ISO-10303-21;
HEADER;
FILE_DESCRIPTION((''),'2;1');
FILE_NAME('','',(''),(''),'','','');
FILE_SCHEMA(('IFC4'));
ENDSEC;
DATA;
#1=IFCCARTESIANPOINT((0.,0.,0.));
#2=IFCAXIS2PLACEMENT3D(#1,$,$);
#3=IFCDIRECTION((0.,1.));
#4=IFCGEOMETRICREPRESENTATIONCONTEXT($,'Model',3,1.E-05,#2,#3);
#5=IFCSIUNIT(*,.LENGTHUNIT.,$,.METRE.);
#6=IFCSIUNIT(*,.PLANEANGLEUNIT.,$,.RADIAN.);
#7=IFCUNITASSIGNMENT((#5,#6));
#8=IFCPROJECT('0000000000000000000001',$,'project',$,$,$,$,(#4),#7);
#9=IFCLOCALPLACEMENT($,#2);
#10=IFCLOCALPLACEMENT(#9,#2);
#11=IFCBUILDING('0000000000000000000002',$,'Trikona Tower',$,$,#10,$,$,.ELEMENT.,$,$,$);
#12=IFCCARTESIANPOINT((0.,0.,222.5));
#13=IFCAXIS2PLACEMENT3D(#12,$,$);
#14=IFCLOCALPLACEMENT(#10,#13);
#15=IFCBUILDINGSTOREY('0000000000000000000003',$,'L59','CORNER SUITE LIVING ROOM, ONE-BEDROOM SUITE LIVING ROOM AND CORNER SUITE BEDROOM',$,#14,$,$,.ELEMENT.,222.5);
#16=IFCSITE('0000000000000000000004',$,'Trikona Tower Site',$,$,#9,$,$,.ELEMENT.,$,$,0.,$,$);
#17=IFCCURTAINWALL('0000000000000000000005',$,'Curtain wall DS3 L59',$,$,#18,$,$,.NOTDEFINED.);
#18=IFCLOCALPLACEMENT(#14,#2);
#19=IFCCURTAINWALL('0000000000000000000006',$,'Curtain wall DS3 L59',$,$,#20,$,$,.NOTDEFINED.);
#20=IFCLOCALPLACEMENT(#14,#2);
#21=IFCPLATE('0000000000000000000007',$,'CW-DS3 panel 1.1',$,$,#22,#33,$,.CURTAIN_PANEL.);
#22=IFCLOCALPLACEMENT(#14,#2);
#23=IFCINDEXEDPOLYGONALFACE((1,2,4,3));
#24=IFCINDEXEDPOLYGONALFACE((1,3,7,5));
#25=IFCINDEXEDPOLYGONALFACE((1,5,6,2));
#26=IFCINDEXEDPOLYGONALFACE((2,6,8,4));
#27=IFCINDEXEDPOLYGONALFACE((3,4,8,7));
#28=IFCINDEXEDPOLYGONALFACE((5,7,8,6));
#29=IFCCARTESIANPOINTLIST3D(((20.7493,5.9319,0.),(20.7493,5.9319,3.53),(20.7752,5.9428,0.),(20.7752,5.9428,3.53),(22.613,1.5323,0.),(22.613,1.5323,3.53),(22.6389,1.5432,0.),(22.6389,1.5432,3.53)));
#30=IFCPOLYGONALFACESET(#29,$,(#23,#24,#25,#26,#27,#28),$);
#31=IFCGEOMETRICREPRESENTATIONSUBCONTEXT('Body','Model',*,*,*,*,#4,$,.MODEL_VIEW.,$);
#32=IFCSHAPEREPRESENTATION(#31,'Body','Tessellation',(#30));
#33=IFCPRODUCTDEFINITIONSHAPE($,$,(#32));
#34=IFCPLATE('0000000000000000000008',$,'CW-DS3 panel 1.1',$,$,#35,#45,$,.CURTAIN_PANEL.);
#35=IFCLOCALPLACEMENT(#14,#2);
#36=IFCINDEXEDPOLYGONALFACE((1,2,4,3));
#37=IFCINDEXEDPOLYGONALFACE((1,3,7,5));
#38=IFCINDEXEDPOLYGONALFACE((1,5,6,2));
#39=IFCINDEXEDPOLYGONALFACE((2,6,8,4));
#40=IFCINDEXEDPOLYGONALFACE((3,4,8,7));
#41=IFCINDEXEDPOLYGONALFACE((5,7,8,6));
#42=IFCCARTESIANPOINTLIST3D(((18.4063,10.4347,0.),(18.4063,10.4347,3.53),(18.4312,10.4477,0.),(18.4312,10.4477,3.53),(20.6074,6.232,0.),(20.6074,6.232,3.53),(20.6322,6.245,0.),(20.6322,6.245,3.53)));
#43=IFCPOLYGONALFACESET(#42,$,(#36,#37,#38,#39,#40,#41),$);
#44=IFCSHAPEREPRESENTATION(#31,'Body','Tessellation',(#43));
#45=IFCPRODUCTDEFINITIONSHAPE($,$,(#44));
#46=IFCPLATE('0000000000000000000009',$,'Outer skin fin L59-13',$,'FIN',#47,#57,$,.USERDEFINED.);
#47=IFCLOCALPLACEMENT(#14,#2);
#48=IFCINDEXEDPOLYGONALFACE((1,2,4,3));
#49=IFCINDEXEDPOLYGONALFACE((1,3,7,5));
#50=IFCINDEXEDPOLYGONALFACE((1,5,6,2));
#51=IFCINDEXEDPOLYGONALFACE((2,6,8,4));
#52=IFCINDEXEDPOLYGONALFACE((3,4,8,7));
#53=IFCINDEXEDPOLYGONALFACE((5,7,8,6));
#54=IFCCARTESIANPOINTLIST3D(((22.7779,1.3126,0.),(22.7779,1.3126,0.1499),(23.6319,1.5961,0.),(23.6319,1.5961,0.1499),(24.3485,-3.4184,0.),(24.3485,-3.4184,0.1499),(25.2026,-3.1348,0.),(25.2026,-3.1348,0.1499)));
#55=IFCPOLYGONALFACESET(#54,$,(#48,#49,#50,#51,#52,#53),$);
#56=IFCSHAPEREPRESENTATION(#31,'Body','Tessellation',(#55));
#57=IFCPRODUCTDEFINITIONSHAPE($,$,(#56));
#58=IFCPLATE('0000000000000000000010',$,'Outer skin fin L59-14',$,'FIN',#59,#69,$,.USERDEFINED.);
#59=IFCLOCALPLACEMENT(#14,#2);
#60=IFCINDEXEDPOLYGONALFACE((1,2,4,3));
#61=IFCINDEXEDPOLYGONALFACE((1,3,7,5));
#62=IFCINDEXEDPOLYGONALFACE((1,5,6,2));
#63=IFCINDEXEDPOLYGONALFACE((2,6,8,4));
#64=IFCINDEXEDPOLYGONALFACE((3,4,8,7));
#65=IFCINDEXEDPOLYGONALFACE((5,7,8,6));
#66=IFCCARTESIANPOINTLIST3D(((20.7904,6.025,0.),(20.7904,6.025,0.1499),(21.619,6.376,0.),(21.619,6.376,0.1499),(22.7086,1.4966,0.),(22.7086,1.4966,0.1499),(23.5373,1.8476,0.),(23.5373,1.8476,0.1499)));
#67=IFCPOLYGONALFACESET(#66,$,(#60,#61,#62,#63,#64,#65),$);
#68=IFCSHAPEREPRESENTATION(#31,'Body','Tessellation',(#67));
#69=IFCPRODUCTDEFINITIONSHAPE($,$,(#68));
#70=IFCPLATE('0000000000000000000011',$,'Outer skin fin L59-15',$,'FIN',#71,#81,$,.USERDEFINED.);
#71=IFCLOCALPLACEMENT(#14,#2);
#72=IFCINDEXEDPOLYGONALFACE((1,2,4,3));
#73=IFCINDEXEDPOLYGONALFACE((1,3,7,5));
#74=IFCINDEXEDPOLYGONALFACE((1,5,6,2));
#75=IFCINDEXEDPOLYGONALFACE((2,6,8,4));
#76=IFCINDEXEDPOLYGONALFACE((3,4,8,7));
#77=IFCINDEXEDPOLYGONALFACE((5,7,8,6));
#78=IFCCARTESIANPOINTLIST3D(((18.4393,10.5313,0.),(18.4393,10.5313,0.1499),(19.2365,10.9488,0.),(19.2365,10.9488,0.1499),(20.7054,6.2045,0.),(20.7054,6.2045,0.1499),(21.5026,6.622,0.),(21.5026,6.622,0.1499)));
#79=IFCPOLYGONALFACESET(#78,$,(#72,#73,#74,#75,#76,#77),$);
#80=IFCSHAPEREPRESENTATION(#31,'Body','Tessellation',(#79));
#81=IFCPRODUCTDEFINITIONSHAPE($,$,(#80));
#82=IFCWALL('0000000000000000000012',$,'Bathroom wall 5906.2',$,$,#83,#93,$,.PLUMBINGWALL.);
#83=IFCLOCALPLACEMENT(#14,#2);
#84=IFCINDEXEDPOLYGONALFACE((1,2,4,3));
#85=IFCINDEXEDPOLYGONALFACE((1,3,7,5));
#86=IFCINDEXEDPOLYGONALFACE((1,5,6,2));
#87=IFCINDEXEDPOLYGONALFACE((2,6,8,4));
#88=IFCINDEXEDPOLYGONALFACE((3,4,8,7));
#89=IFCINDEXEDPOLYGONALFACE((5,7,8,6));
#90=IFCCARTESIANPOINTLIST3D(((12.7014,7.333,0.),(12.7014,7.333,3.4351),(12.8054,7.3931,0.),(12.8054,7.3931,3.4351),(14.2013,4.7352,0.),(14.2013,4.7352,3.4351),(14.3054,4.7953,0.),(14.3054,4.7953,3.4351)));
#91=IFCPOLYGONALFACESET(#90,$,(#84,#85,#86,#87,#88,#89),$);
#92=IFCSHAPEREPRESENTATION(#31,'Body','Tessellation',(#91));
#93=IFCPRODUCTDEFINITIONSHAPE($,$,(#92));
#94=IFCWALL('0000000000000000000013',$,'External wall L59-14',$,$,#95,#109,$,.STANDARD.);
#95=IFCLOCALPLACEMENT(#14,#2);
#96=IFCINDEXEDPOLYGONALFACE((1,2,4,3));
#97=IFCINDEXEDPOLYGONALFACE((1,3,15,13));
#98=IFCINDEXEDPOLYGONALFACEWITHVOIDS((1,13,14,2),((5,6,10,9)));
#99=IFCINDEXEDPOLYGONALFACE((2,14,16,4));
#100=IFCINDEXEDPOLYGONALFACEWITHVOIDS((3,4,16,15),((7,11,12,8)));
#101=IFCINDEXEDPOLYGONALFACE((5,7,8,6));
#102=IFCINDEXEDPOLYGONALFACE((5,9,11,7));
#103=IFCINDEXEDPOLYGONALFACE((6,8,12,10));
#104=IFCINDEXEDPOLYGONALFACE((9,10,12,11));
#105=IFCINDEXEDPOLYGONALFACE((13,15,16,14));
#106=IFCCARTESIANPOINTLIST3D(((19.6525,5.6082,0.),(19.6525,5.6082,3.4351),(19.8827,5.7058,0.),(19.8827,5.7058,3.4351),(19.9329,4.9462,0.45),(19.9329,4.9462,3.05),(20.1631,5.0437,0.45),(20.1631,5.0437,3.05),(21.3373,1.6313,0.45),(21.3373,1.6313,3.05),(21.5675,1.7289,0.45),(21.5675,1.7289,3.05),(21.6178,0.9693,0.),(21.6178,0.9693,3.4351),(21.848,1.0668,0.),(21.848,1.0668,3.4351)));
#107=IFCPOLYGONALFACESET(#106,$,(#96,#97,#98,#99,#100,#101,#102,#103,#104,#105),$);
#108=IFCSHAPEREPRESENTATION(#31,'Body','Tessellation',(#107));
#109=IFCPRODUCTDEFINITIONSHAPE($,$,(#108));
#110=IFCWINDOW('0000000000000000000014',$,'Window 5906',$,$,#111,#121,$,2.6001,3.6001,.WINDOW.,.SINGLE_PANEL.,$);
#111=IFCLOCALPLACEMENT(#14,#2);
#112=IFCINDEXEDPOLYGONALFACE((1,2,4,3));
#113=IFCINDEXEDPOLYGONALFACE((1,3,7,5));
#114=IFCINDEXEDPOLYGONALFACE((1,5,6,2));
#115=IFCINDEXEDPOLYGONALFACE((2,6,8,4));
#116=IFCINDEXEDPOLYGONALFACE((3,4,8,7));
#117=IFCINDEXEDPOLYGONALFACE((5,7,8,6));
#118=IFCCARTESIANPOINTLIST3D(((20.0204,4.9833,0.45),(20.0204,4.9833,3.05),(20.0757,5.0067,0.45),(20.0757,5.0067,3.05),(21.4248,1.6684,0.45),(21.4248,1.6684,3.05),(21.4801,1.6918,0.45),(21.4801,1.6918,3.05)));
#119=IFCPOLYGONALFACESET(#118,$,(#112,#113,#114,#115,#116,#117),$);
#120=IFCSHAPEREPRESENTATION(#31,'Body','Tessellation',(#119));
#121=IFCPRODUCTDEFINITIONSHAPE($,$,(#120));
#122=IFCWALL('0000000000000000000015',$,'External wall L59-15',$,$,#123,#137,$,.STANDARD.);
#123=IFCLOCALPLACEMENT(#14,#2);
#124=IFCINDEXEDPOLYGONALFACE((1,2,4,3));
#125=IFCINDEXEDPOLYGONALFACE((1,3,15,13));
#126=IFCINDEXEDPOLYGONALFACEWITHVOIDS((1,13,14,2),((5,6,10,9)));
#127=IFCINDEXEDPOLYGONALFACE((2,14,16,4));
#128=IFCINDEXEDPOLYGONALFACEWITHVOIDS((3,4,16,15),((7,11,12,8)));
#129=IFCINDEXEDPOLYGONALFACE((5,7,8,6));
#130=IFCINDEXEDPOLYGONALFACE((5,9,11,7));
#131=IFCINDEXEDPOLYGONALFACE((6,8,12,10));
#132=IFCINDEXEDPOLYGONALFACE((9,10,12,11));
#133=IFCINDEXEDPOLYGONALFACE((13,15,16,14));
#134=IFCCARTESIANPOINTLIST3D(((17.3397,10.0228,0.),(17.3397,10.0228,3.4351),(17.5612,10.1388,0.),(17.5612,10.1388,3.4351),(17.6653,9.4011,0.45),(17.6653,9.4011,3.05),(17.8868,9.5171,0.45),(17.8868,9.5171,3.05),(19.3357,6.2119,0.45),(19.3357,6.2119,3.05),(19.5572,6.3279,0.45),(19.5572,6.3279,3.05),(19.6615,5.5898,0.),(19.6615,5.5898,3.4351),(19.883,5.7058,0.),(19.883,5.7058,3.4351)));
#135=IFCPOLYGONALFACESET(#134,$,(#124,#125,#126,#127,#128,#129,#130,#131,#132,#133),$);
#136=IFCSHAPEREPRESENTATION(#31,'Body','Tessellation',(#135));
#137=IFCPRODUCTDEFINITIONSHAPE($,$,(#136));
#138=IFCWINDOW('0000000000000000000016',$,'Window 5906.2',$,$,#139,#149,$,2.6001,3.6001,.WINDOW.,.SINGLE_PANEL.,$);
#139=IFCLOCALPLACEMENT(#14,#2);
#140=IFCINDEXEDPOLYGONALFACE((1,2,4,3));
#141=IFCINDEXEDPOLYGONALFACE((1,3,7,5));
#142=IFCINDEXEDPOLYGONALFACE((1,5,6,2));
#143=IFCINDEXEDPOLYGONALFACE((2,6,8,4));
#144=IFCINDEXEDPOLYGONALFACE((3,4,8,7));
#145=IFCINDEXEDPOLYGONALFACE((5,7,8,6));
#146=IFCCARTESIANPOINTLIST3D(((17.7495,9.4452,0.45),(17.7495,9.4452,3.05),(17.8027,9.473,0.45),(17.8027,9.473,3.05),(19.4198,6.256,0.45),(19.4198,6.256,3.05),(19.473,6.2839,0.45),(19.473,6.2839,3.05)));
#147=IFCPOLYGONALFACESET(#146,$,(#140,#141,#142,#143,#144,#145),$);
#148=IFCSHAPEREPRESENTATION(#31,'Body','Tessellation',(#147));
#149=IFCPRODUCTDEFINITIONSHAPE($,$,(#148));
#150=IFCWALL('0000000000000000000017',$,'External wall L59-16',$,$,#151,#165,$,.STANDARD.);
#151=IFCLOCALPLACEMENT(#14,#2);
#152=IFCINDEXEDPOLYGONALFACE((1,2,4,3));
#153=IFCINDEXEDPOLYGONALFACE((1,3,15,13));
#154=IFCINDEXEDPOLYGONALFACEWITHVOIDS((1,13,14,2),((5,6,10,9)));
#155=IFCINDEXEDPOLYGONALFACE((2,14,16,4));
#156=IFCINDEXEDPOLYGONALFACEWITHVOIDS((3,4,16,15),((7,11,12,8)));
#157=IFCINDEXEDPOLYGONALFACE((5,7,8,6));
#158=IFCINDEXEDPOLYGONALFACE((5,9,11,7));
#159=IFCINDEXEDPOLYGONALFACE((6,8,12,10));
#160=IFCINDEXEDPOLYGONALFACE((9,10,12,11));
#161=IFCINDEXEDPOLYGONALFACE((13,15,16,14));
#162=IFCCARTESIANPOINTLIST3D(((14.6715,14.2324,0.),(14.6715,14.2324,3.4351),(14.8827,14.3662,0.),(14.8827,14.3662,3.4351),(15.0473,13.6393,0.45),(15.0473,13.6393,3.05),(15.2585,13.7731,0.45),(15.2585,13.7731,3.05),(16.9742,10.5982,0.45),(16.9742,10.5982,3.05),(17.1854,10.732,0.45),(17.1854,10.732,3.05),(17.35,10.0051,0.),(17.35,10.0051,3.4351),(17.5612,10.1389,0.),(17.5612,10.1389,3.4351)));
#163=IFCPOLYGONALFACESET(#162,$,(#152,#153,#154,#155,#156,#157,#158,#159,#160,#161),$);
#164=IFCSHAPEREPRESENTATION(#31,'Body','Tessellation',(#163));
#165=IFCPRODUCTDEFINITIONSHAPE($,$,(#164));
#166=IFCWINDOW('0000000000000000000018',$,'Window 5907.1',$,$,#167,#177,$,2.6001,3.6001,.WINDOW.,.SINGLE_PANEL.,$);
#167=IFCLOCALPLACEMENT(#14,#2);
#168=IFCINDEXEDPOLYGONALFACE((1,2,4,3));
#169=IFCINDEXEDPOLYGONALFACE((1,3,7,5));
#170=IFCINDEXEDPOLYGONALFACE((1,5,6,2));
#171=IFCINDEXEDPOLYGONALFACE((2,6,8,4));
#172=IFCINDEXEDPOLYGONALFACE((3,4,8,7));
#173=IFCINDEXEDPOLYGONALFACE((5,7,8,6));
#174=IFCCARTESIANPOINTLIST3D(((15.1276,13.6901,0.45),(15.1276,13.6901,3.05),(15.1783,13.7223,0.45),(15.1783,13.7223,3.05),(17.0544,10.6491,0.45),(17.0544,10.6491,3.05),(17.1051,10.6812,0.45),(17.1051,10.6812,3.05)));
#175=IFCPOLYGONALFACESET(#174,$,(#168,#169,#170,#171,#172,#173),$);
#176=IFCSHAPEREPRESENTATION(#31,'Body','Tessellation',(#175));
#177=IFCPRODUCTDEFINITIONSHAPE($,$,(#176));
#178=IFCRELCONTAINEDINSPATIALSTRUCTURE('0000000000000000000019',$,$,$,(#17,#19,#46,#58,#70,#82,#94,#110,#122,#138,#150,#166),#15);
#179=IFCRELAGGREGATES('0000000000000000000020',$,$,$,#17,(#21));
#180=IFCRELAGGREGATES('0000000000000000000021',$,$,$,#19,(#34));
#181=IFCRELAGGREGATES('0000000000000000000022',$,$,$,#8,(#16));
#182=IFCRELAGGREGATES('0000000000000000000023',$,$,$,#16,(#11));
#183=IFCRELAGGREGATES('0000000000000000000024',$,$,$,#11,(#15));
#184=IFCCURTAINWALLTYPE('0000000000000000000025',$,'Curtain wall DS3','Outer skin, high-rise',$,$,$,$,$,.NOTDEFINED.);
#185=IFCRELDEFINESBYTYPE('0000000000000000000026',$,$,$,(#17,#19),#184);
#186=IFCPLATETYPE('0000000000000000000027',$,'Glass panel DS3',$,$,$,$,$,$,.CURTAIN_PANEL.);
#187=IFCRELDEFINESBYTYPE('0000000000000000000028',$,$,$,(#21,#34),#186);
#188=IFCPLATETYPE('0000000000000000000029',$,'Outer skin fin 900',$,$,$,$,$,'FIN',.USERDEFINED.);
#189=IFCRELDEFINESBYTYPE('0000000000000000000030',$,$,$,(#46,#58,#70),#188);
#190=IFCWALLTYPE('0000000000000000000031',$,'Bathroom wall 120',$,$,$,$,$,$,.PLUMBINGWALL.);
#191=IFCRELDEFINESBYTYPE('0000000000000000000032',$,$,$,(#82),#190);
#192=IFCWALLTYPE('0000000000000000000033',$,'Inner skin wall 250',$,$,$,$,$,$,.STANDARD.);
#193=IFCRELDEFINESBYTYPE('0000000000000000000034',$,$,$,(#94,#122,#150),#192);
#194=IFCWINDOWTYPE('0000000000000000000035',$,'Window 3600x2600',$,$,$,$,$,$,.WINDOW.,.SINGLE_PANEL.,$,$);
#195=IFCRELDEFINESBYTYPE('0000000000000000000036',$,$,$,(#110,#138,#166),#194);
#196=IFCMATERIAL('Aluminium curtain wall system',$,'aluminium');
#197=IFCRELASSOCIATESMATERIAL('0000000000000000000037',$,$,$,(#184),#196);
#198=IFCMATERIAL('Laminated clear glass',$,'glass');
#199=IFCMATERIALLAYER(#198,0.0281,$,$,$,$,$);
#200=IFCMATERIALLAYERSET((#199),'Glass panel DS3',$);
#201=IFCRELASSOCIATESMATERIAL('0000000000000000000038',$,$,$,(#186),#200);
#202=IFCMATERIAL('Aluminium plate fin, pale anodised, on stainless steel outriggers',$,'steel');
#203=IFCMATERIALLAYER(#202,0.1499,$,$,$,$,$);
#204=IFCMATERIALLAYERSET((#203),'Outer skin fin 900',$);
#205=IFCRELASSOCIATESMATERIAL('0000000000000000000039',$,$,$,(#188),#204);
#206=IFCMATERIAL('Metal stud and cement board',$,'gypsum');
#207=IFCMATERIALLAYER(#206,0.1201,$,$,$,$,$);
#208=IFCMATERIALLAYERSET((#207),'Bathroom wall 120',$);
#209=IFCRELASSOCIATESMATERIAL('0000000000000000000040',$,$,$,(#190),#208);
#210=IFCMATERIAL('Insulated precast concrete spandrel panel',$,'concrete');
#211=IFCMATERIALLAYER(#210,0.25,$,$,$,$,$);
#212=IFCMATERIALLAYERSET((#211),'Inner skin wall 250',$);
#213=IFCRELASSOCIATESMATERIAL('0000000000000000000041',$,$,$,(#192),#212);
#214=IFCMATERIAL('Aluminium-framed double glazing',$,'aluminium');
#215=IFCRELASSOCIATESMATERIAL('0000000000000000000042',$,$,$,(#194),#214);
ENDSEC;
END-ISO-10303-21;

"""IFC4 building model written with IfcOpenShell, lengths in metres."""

from ifc_helpers import new_model, si_unit, direction, frame, frame_2d, origin, origin_2d, place, context, subcontext, project, spatial, rectangle, extrude, material, layer, layer_set, type_object, element, fill, aggregate, save


model = new_model("IFC4")

# Units and contexts
model_context = context("Model", 3, precision=1e-05, world=origin(), true_north=direction((0.0, 1.0)))
body_context = subcontext(model_context, "Body", "Model", "MODEL_VIEW")
ifc_project = project(units=[si_unit("LENGTHUNIT", "METRE"), si_unit("PLANEANGLEUNIT", "RADIAN")], contexts=[model_context])

# Site, building, storey
site_placement = place(None, origin())
site = spatial("IfcSite", under=ifc_project, at=site_placement, Name="Trikona Tower Site", CompositionType="ELEMENT", RefElevation=0.0)
building_placement = place(site_placement, origin())
building = spatial("IfcBuilding", under=site, at=building_placement, Name="Trikona Tower", CompositionType="ELEMENT")
storey_placement = place(building_placement, frame((0.0, 0.0, 222.5)))
storey = spatial("IfcBuildingStorey", under=building, at=storey_placement, Name="L59", Description="CORNER SUITE LIVING ROOM, ONE-BEDROOM SUITE LIVING ROOM AND CORNER SUITE BEDROOM", CompositionType="ELEMENT", Elevation=222.5)

# Shared definitions
ifc_material_1 = material(Name="Aluminium curtain wall system", Category="aluminium")
curtain_wall_type = type_object("IfcCurtainWallType", Name="Curtain wall DS3", Description="Outer skin, high-rise", PredefinedType="NOTDEFINED", material=ifc_material_1)

# Curtain walls
curtain_wall_1_placement = place(storey_placement, origin())
curtain_wall_1 = element("IfcCurtainWall", 1, at=curtain_wall_1_placement, inside=storey, type_object=curtain_wall_type, Name="Curtain wall DS3 L59", PredefinedType="NOTDEFINED")
curtain_wall_2_placement = place(storey_placement, origin())
curtain_wall_2 = element("IfcCurtainWall", 2, at=curtain_wall_2_placement, inside=storey, type_object=curtain_wall_type, Name="Curtain wall DS3 L59", PredefinedType="NOTDEFINED")

# Plates
ifc_material_2 = material(Name="Laminated clear glass", Category="glass")
ifc_layer_1 = layer(ifc_material_2, 0.0281)
ifc_layer_set_1 = layer_set([ifc_layer_1], Name="Glass panel DS3")
plate_type_1 = type_object("IfcPlateType", Name="Glass panel DS3", PredefinedType="CURTAIN_PANEL", material=ifc_layer_set_1)
plate_1_placement = place(storey_placement, frame((21.6941, 3.7375, 0.0), z_axis=(0.0, 0.0, 1.0), x_axis=(-0.390053, 0.920792, 0.0)))
plate_1 = element("IfcPlate", 3, at=plate_1_placement, type_object=plate_type_1, Name="CW-DS3 panel 1.1", PredefinedType="CURTAIN_PANEL", context=body_context, shape_type="SweptSolid", body=[
    extrude(rectangle(XDim=4.7781, YDim=0.0281, at=origin_2d()), origin(), (0.0, 0.0, 1.0), 3.53),
])
aggregate(curtain_wall_1, [plate_1])
plate_2_placement = place(storey_placement, frame((19.5193, 8.3398, 0.0), z_axis=(0.0, 0.0, 1.0), x_axis=(-0.463948, 0.885862, 0.0)))
plate_2 = element("IfcPlate", 4, at=plate_2_placement, type_object=plate_type_1, Name="CW-DS3 panel 1.1", PredefinedType="CURTAIN_PANEL", context=body_context, shape_type="SweptSolid", body=[
    extrude(rectangle(XDim=4.7441, YDim=0.0281, at=origin_2d()), origin(), (0.0, 0.0, 1.0), 3.53),
])
aggregate(curtain_wall_2, [plate_2])

# Plates
ifc_material_3 = material(Name="Aluminium plate fin, pale anodised, on stainless steel outriggers", Category="steel")
ifc_layer_2 = layer(ifc_material_3, 0.1499)
ifc_layer_set_2 = layer_set([ifc_layer_2], Name="Outer skin fin 900")
plate_type_2 = type_object("IfcPlateType", Name="Outer skin fin 900", ElementType="FIN", PredefinedType="USERDEFINED", material=ifc_layer_set_2)
plate_3_placement = place(storey_placement, frame((23.9902, -0.9111, 0.0), z_axis=(0.0, 0.0, 1.0), x_axis=(-0.315093, 0.949061, 0.0)))
element("IfcPlate", 5, at=plate_3_placement, inside=storey, type_object=plate_type_2, Name="Outer skin fin L59-13", ObjectType="FIN", PredefinedType="USERDEFINED", context=body_context, shape_type="SweptSolid", body=[
    extrude(rectangle(XDim=4.9849, YDim=0.8999, at=origin_2d()), origin(), (0.0, 0.0, 1.0), 0.1499),
])
plate_4_placement = place(storey_placement, frame((22.1638, 3.9363, 0.0), z_axis=(0.0, 0.0, 1.0), x_axis=(-0.390051, 0.920793, 0.0)))
element("IfcPlate", 6, at=plate_4_placement, inside=storey, type_object=plate_type_2, Name="Outer skin fin L59-14", ObjectType="FIN", PredefinedType="USERDEFINED", context=body_context, shape_type="SweptSolid", body=[
    extrude(rectangle(XDim=4.918, YDim=0.8999, at=origin_2d()), origin(), (0.0, 0.0, 1.0), 0.1499),
])
plate_5_placement = place(storey_placement, frame((19.9709, 8.5767, 0.0), z_axis=(0.0, 0.0, 1.0), x_axis=(-0.463952, 0.88586, 0.0)))
element("IfcPlate", 7, at=plate_5_placement, inside=storey, type_object=plate_type_2, Name="Outer skin fin L59-15", ObjectType="FIN", PredefinedType="USERDEFINED", context=body_context, shape_type="SweptSolid", body=[
    extrude(rectangle(XDim=4.8843, YDim=0.8999, at=origin_2d()), origin(), (0.0, 0.0, 1.0), 0.1499),
])

# Wall
ifc_material_4 = material(Name="Metal stud and cement board", Category="gypsum")
ifc_layer_3 = layer(ifc_material_4, 0.1201)
ifc_layer_set_3 = layer_set([ifc_layer_3], Name="Bathroom wall 120")
wall_type_1 = type_object("IfcWallType", Name="Bathroom wall 120", PredefinedType="PLUMBINGWALL", material=ifc_layer_set_3)
wall_1_placement = place(storey_placement, frame((14.2534, 4.7651, 0.0), z_axis=(0.0, 0.0, 1.0), x_axis=(-0.500025, 0.866011, 0.0)))
element("IfcWall", 8, at=wall_1_placement, inside=storey, type_object=wall_type_1, Name="Bathroom wall 5906.2", PredefinedType="PLUMBINGWALL", context=body_context, shape_type="SweptSolid", body=[
    extrude(rectangle(XDim=2.9998, YDim=0.1201, at=frame_2d((1.5, 0.0))), origin(), (0.0, 0.0, 1.0), 3.4351),
])

# Walls, openings, windows
ifc_material_5 = material(Name="Insulated precast concrete spandrel panel", Category="concrete")
ifc_layer_4 = layer(ifc_material_5, 0.25)
ifc_layer_set_4 = layer_set([ifc_layer_4], Name="Inner skin wall 250")
wall_type_2 = type_object("IfcWallType", Name="Inner skin wall 250", PredefinedType="STANDARD", material=ifc_layer_set_4)
wall_2_placement = place(storey_placement, frame((21.7329, 1.0181, 0.0), z_axis=(0.0, 0.0, 1.0), x_axis=(-0.390097, 0.920774, 0.0)))
wall_2 = element("IfcWall", 9, at=wall_2_placement, inside=storey, type_object=wall_type_2, Name="External wall L59-14", PredefinedType="STANDARD", context=body_context, shape_type="SweptSolid", body=[
    extrude(rectangle(XDim=5.0381, YDim=0.25, at=frame_2d((2.519, 0.0))), origin(), (0.0, 0.0, 1.0), 3.4351),
])
opening_1_placement = place(wall_2_placement, frame((0.719, 0.0, 0.45)))
opening_1 = element("IfcOpeningElement", 10, at=opening_1_placement, cuts=wall_2, PredefinedType="OPENING", context=body_context, shape_type="SweptSolid", body=[
    extrude(rectangle(XDim=3.6001, YDim=2.6001, at=frame_2d((1.8, 1.3))), frame((0.0, 0.135, 0.0), z_axis=(0.0, -1.0, 0.0), x_axis=(1.0, 0.0, 0.0)), (0.0, 0.0, 1.0), 0.27),
])
ifc_material_6 = material(Name="Aluminium-framed double glazing", Category="aluminium")
window_type = type_object("IfcWindowType", Name="Window 3600x2600", PartitioningType="SINGLE_PANEL", PredefinedType="WINDOW", material=ifc_material_6)
window_1_placement = place(opening_1_placement, origin())
window_1 = element("IfcWindow", 11, at=window_1_placement, inside=storey, type_object=window_type, Name="Window 5906", OverallHeight=2.6001, OverallWidth=3.6001, PartitioningType="SINGLE_PANEL", PredefinedType="WINDOW", context=body_context, shape_type="SweptSolid", body=[
    extrude(rectangle(XDim=3.6001, YDim=2.6001, at=frame_2d((1.8, 1.3))), frame((0.0, 0.03, 0.0), z_axis=(0.0, -1.0, 0.0), x_axis=(1.0, 0.0, 0.0)), (0.0, 0.0, 1.0), 0.0601),
])
fill(opening_1, window_1)
wall_3_placement = place(storey_placement, frame((19.7722, 5.6479, 0.0), z_axis=(0.0, 0.0, 1.0), x_axis=(-0.463976, 0.885848, 0.0)))
wall_3 = element("IfcWall", 12, at=wall_3_placement, inside=storey, type_object=wall_type_2, Name="External wall L59-15", PredefinedType="STANDARD", context=body_context, shape_type="SweptSolid", body=[
    extrude(rectangle(XDim=5.0042, YDim=0.25, at=frame_2d((2.502, 0.0))), origin(), (0.0, 0.0, 1.0), 3.4351),
])
opening_2_placement = place(wall_3_placement, frame((0.7021, 0.0, 0.45)))
opening_2 = element("IfcOpeningElement", 13, at=opening_2_placement, cuts=wall_3, PredefinedType="OPENING", context=body_context, shape_type="SweptSolid", body=[
    extrude(rectangle(XDim=3.6001, YDim=2.6001, at=frame_2d((1.8, 1.3))), frame((0.0, 0.135, 0.0), z_axis=(0.0, -1.0, 0.0), x_axis=(1.0, 0.0, 0.0)), (0.0, 0.0, 1.0), 0.27),
])
window_2_placement = place(opening_2_placement, origin())
window_2 = element("IfcWindow", 14, at=window_2_placement, inside=storey, type_object=window_type, Name="Window 5906.2", OverallHeight=2.6001, OverallWidth=3.6001, PartitioningType="SINGLE_PANEL", PredefinedType="WINDOW", context=body_context, shape_type="SweptSolid", body=[
    extrude(rectangle(XDim=3.6001, YDim=2.6001, at=frame_2d((1.8, 1.3))), frame((0.0, 0.03, 0.0), z_axis=(0.0, -1.0, 0.0), x_axis=(1.0, 0.0, 0.0)), (0.0, 0.0, 1.0), 0.0601),
])
fill(opening_2, window_2)
wall_4_placement = place(storey_placement, frame((17.4556, 10.072, 0.0), z_axis=(0.0, 0.0, 1.0), x_axis=(-0.53522, 0.844712, 0.0)))
wall_4 = element("IfcWall", 15, at=wall_4_placement, inside=storey, type_object=wall_type_2, Name="External wall L59-16", PredefinedType="STANDARD", context=body_context, shape_type="SweptSolid", body=[
    extrude(rectangle(XDim=5.0044, YDim=0.25, at=frame_2d((2.5022, 0.0))), origin(), (0.0, 0.0, 1.0), 3.4351),
])
opening_3_placement = place(wall_4_placement, frame((0.7021, 0.0, 0.45)))
opening_3 = element("IfcOpeningElement", 16, at=opening_3_placement, cuts=wall_4, PredefinedType="OPENING", context=body_context, shape_type="SweptSolid", body=[
    extrude(rectangle(XDim=3.6001, YDim=2.6001, at=frame_2d((1.8, 1.3))), frame((0.0, 0.135, 0.0), z_axis=(0.0, -1.0, 0.0), x_axis=(1.0, 0.0, 0.0)), (0.0, 0.0, 1.0), 0.27),
])
window_3_placement = place(opening_3_placement, origin())
window_3 = element("IfcWindow", 17, at=window_3_placement, inside=storey, type_object=window_type, Name="Window 5907.1", OverallHeight=2.6001, OverallWidth=3.6001, PartitioningType="SINGLE_PANEL", PredefinedType="WINDOW", context=body_context, shape_type="SweptSolid", body=[
    extrude(rectangle(XDim=3.6001, YDim=2.6001, at=frame_2d((1.8, 1.3))), frame((0.0, 0.03, 0.0), z_axis=(0.0, -1.0, 0.0), x_axis=(1.0, 0.0, 0.0)), (0.0, 0.0, 1.0), 0.0601),
])
fill(opening_3, window_3)

save(model, "model.ifc")
